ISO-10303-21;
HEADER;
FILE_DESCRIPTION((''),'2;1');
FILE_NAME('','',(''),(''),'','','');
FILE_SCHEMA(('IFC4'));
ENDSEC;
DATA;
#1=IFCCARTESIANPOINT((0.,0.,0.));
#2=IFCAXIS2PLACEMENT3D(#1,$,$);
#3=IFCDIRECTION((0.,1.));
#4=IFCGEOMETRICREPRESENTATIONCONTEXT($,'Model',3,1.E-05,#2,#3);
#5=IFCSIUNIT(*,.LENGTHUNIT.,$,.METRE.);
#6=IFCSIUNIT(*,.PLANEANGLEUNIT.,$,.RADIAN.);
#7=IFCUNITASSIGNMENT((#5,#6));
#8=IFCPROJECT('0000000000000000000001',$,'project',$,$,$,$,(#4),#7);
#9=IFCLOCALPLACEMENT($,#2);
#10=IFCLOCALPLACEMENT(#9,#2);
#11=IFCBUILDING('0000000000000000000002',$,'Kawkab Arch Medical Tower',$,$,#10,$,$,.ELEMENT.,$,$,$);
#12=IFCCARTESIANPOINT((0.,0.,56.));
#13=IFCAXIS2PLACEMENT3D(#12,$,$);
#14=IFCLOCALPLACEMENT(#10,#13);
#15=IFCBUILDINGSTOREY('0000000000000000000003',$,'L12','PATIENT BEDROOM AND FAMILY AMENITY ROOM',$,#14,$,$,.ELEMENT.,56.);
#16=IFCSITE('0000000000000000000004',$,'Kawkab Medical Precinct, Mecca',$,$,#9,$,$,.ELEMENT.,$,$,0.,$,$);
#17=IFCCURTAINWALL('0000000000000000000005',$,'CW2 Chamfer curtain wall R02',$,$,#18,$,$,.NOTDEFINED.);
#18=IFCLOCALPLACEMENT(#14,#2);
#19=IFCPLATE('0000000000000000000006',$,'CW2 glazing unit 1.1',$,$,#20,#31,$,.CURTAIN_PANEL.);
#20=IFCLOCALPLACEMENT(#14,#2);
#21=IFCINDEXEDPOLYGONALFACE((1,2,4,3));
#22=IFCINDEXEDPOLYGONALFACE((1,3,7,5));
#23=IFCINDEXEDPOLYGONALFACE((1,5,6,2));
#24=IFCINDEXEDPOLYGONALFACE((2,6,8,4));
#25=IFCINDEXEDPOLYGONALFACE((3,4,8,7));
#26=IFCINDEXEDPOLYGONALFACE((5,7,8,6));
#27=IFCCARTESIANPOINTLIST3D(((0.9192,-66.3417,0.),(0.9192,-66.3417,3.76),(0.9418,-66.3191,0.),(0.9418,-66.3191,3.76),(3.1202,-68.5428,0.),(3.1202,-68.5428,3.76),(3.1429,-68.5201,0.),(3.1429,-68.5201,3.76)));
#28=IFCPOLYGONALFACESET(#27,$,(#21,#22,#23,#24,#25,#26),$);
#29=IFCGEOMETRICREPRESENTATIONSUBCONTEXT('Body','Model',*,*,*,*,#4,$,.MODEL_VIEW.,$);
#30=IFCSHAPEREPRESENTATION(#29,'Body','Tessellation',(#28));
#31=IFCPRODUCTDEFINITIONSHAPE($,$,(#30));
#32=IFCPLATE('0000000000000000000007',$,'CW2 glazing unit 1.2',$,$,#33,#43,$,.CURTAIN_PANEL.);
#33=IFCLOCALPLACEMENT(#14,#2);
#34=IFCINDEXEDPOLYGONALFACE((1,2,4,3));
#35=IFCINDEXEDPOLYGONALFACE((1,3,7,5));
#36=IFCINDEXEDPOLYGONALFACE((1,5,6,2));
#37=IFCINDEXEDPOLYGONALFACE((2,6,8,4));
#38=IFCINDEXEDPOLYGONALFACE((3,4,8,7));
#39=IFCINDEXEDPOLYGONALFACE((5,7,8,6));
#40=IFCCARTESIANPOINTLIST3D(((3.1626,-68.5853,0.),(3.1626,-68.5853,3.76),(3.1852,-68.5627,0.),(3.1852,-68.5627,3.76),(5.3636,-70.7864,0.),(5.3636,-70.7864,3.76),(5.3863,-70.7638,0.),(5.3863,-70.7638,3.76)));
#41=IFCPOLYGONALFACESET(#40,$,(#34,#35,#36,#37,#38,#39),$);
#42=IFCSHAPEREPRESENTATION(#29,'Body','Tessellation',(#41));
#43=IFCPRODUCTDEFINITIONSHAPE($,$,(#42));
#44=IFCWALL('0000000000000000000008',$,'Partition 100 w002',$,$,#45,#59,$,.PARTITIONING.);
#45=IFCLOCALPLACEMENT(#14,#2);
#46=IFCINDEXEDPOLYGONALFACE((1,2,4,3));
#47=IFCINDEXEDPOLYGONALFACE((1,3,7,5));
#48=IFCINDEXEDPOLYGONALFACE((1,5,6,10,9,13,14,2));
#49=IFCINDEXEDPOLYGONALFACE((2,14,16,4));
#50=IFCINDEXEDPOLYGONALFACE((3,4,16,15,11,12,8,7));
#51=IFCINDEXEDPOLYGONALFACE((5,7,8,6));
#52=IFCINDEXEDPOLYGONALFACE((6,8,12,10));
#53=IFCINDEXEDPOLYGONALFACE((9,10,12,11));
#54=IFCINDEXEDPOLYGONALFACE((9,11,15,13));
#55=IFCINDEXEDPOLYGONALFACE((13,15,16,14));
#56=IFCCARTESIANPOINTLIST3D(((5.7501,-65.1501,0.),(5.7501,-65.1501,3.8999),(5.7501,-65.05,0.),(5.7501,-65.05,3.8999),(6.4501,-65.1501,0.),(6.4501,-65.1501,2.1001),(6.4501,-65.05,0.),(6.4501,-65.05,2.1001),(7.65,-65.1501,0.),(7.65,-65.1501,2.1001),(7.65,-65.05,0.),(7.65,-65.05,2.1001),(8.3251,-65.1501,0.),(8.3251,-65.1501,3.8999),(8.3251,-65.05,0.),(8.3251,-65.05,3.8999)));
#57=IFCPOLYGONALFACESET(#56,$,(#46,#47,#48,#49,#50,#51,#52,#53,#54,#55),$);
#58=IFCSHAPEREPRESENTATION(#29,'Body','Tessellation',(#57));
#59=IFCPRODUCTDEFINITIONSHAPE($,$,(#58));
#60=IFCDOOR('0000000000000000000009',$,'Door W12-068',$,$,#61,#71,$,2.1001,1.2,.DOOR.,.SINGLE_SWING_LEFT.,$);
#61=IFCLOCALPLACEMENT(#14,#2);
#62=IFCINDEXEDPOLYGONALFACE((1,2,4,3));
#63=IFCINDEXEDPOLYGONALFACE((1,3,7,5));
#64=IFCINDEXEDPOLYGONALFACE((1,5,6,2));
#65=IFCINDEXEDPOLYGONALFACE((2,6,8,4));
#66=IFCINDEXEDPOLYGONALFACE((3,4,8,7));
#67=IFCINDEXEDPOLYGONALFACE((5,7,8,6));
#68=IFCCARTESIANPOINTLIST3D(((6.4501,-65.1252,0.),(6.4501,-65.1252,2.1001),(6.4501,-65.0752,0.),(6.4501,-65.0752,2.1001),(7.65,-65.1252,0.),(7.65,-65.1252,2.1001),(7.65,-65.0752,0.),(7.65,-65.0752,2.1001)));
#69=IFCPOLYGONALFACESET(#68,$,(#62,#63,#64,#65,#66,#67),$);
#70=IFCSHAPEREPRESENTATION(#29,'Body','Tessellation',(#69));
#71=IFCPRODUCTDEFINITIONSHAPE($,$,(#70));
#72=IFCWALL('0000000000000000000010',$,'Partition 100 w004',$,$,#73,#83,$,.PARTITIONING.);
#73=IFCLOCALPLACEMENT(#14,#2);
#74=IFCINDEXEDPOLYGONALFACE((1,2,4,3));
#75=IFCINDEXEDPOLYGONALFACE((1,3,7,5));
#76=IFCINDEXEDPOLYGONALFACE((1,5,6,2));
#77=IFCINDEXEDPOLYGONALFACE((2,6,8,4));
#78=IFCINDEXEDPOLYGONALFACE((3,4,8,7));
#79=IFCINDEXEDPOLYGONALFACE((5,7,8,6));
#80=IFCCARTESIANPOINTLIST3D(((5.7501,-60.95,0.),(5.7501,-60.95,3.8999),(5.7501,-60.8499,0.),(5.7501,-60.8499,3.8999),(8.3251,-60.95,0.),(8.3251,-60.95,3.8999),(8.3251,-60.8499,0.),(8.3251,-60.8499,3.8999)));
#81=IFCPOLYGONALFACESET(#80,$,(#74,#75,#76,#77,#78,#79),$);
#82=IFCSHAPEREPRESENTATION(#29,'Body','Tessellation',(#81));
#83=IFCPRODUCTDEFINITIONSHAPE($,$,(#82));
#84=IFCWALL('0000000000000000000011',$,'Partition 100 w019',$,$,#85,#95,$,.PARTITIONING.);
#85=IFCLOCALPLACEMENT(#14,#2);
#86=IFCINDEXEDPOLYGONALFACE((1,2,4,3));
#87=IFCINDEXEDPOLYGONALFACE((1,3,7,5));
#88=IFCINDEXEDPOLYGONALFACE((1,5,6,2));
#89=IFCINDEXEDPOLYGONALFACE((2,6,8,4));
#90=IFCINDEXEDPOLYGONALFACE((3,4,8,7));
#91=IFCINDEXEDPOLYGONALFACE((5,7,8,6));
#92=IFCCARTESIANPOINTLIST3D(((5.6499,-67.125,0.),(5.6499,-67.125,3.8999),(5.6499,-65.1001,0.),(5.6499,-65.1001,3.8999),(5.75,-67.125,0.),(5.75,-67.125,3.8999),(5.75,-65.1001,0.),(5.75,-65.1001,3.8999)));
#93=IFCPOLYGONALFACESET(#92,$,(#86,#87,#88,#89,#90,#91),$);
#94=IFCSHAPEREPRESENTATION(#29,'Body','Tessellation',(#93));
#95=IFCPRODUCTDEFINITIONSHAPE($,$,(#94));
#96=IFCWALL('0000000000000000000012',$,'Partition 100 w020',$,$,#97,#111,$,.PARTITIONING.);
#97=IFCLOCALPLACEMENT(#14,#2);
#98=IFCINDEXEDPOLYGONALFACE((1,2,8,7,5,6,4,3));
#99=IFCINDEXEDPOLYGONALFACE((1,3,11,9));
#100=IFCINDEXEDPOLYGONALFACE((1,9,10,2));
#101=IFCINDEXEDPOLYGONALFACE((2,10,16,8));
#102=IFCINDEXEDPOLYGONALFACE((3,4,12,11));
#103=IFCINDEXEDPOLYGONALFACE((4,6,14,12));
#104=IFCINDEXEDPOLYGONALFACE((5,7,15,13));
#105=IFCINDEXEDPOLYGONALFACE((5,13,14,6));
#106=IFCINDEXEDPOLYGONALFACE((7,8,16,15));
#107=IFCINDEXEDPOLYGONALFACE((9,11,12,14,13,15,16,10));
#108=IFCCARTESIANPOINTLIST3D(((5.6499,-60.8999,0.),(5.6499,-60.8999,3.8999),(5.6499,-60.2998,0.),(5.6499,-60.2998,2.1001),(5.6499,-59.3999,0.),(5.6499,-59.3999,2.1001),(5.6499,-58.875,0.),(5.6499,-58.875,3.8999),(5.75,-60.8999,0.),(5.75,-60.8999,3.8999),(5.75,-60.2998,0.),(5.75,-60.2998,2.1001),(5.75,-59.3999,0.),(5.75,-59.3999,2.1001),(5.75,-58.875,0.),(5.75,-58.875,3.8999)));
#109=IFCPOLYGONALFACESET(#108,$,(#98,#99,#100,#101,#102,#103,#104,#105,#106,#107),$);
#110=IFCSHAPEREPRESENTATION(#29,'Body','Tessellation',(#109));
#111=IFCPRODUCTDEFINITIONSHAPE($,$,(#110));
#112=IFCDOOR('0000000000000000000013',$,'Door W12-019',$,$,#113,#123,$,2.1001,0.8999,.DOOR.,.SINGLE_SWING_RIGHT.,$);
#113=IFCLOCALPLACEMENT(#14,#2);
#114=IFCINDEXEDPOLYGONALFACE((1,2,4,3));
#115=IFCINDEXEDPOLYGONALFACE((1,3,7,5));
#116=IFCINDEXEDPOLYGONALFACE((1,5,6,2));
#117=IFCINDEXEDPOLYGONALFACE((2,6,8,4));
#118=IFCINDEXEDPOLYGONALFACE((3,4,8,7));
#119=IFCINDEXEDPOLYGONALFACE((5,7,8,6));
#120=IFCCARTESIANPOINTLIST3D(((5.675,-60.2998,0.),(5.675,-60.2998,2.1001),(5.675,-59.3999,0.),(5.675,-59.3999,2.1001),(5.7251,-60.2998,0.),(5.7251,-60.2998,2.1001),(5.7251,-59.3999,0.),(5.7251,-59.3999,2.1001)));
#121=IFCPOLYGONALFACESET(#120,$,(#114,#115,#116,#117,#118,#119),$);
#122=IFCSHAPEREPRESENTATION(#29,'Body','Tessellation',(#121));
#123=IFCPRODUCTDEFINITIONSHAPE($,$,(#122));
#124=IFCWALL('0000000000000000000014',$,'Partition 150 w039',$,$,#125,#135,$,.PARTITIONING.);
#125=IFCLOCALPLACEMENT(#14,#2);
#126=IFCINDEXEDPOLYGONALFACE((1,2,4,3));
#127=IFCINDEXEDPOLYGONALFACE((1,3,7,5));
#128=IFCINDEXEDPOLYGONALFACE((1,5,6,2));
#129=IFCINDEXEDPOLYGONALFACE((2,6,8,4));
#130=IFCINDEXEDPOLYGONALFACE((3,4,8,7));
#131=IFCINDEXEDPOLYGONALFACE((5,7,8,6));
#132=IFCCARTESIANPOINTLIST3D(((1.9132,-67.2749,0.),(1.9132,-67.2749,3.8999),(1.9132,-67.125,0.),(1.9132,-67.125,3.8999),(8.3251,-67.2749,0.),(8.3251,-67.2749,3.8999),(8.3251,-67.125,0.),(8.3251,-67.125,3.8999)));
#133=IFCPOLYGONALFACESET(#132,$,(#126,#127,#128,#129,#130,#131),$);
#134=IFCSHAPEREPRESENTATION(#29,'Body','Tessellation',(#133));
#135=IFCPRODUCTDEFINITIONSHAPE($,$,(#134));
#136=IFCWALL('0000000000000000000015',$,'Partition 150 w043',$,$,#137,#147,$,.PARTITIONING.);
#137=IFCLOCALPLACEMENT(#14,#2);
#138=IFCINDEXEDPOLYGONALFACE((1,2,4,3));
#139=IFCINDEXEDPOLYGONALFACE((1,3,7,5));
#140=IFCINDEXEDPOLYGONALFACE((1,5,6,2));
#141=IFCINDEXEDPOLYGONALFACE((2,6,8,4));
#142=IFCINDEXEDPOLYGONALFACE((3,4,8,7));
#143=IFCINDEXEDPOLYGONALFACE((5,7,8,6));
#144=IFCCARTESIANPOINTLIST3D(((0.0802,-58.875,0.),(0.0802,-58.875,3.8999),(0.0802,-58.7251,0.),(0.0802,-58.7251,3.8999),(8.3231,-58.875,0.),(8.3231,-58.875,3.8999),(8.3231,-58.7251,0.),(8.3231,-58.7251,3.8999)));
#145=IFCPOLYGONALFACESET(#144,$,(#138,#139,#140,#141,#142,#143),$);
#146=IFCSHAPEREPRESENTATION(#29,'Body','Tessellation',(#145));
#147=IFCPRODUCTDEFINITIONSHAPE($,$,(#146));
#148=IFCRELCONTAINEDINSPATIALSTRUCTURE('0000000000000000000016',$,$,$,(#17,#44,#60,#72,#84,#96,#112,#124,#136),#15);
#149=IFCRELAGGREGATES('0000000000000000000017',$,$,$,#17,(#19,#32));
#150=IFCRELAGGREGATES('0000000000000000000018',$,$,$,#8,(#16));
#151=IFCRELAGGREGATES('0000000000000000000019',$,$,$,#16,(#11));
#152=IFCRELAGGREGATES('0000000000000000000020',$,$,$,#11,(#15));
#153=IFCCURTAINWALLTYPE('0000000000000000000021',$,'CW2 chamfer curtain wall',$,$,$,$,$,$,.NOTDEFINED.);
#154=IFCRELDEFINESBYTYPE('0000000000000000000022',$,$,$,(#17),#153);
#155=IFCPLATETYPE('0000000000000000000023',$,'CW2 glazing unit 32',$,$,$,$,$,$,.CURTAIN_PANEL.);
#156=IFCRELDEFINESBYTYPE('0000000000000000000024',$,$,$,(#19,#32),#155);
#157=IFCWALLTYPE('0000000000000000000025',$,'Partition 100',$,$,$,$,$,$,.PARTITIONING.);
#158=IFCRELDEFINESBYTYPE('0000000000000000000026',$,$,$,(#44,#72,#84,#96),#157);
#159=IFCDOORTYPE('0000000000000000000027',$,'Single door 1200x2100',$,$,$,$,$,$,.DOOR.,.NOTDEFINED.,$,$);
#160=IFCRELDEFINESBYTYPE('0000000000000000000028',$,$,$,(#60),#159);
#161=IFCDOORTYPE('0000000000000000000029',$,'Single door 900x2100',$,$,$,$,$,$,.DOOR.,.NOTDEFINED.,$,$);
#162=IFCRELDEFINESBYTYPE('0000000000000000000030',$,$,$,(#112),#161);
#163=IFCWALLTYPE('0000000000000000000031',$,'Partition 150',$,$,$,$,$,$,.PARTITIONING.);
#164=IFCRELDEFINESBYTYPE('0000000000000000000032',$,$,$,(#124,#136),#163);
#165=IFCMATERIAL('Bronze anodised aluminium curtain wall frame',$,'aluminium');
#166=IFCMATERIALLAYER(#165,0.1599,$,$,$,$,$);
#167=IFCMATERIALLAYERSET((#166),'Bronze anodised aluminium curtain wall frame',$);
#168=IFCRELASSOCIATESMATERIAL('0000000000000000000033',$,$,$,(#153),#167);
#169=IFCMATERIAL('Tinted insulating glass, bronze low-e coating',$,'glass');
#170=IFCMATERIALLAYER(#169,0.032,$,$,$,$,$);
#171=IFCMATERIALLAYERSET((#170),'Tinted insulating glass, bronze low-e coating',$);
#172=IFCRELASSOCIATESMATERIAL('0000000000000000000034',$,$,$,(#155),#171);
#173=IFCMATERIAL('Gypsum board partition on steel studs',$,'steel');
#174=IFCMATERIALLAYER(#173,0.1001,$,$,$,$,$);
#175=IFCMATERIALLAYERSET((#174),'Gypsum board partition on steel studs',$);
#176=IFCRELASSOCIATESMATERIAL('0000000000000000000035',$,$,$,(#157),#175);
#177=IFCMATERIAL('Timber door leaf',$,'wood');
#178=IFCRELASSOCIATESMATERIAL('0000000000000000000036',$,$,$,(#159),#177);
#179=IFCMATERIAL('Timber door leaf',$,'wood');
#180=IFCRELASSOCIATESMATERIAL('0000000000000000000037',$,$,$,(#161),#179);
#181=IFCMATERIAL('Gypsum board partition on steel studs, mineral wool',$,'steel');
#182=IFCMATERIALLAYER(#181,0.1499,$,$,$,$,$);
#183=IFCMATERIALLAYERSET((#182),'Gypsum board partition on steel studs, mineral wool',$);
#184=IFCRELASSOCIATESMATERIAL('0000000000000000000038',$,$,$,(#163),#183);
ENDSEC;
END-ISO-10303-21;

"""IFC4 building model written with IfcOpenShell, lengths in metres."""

from ifc_helpers import new_model, si_unit, direction, frame, frame_2d, origin, origin_2d, place, context, subcontext, project, spatial, rectangle, extrude, material, layer, layer_set, type_object, element, fill, aggregate, save


model = new_model("IFC4")

# Units and contexts
model_context = context("Model", 3, precision=1e-05, world=origin(), true_north=direction((0.0, 1.0)))
body_context = subcontext(model_context, "Body", "Model", "MODEL_VIEW")
ifc_project = project(units=[si_unit("LENGTHUNIT", "METRE"), si_unit("PLANEANGLEUNIT", "RADIAN")], contexts=[model_context])

# Site, building, storey
site_placement = place(None, origin())
site = spatial("IfcSite", under=ifc_project, at=site_placement, Name="Kawkab Medical Precinct, Mecca", CompositionType="ELEMENT", RefElevation=0.0)
building_placement = place(site_placement, origin())
building = spatial("IfcBuilding", under=site, at=building_placement, Name="Kawkab Arch Medical Tower", CompositionType="ELEMENT")
storey_placement = place(building_placement, frame((0.0, 0.0, 56.0)))
storey = spatial("IfcBuildingStorey", under=building, at=storey_placement, Name="L12", Description="PATIENT BEDROOM AND FAMILY AMENITY ROOM", CompositionType="ELEMENT", Elevation=56.0)

# Shared definitions
placement = place(storey_placement, origin())

# Curtain wall
ifc_material_1 = material(Name="Bronze anodised aluminium curtain wall frame", Category="aluminium")
ifc_layer_1 = layer(ifc_material_1, 0.1599)
ifc_layer_set_1 = layer_set([ifc_layer_1], Name="Bronze anodised aluminium curtain wall frame")
curtain_wall_type_1 = type_object("IfcCurtainWallType", Name="CW2 chamfer curtain wall", PredefinedType="NOTDEFINED", material=ifc_layer_set_1)
curtain_wall_1 = element("IfcCurtainWall", 1, at=placement, inside=storey, type_object=curtain_wall_type_1, Name="CW2 Chamfer curtain wall R02", PredefinedType="NOTDEFINED")

# Plates
ifc_material_2 = material(Name="Tinted insulating glass, bronze low-e coating", Category="glass")
ifc_layer_2 = layer(ifc_material_2, 0.032)
ifc_layer_set_2 = layer_set([ifc_layer_2], Name="Tinted insulating glass, bronze low-e coating")
plate_type_1 = type_object("IfcPlateType", Name="CW2 glazing unit 32", PredefinedType="CURTAIN_PANEL", material=ifc_layer_set_2)
plate_1_placement = place(storey_placement, frame((2.031, -67.4309, 0.0), z_axis=(0.0, 0.0, 1.0), x_axis=(0.707107, -0.707107, 0.0)))
plate_1 = element("IfcPlate", 2, at=plate_1_placement, type_object=plate_type_1, Name="CW2 glazing unit 1.1", PredefinedType="CURTAIN_PANEL", context=body_context, shape_type="SweptSolid", body=[
    extrude(rectangle(XDim=3.1128, YDim=0.032, at=origin_2d()), origin(), (0.0, 0.0, 1.0), 3.76),
])
plate_2_placement = place(storey_placement, frame((4.2744, -69.6746, 0.0), z_axis=(0.0, 0.0, 1.0), x_axis=(0.707107, -0.707107, 0.0)))
plate_2 = element("IfcPlate", 3, at=plate_2_placement, type_object=plate_type_1, Name="CW2 glazing unit 1.2", PredefinedType="CURTAIN_PANEL", context=body_context, shape_type="SweptSolid", body=[
    extrude(rectangle(XDim=3.1128, YDim=0.032, at=origin_2d()), origin(), (0.0, 0.0, 1.0), 3.76),
])
aggregate(curtain_wall_1, [plate_1, plate_2])

# Wall, opening, door
ifc_material_3 = material(Name="Gypsum board partition on steel studs", Category="steel")
ifc_layer_3 = layer(ifc_material_3, 0.1001)
ifc_layer_set_3 = layer_set([ifc_layer_3], Name="Gypsum board partition on steel studs")
wall_type_1 = type_object("IfcWallType", Name="Partition 100", PredefinedType="PARTITIONING", material=ifc_layer_set_3)
wall_1_placement = place(storey_placement, frame((5.75, -65.1001, 0.0), z_axis=(0.0, 0.0, 1.0), x_axis=(1.0, 0.0, 0.0)))
wall_1 = element("IfcWall", 4, at=wall_1_placement, inside=storey, type_object=wall_type_1, Name="Partition 100 w002", PredefinedType="PARTITIONING", context=body_context, shape_type="SweptSolid", body=[
    extrude(rectangle(XDim=2.575, YDim=0.1001, at=frame_2d((1.2876, 0.0))), origin(), (0.0, 0.0, 1.0), 3.8999),
])
opening_1_placement = place(wall_1_placement, frame((0.7, 0.0, 0.0)))
opening_1 = element("IfcOpeningElement", 5, at=opening_1_placement, cuts=wall_1, PredefinedType="OPENING", context=body_context, shape_type="SweptSolid", body=[
    extrude(rectangle(XDim=1.2, YDim=2.1001, at=frame_2d((0.6001, 1.05))), frame((0.0, 0.0601, 0.0), z_axis=(0.0, -1.0, 0.0), x_axis=(1.0, 0.0, 0.0)), (0.0, 0.0, 1.0), 0.1201),
])
ifc_material_4 = material(Name="Timber door leaf", Category="wood")
door_type_1 = type_object("IfcDoorType", Name="Single door 1200x2100", OperationType="NOTDEFINED", PredefinedType="DOOR", material=ifc_material_4)
door_1_placement = place(opening_1_placement, origin())
door_1 = element("IfcDoor", 6, at=door_1_placement, inside=storey, type_object=door_type_1, Name="Door W12-068", OperationType="SINGLE_SWING_LEFT", OverallHeight=2.1001, OverallWidth=1.2, PredefinedType="DOOR", context=body_context, shape_type="SweptSolid", body=[
    extrude(rectangle(XDim=1.2, YDim=2.1001, at=frame_2d((0.6001, 1.05))), frame((0.0, 0.0249, 0.0), z_axis=(0.0, -1.0, 0.0), x_axis=(1.0, 0.0, 0.0)), (0.0, 0.0, 1.0), 0.05),
])
fill(opening_1, door_1)

# Walls
wall_2_placement = place(storey_placement, frame((5.75, -60.8999, 0.0), z_axis=(0.0, 0.0, 1.0), x_axis=(1.0, 0.0, 0.0)))
element("IfcWall", 7, at=wall_2_placement, inside=storey, type_object=wall_type_1, Name="Partition 100 w004", PredefinedType="PARTITIONING", context=body_context, shape_type="SweptSolid", body=[
    extrude(rectangle(XDim=2.575, YDim=0.1001, at=frame_2d((1.2876, 0.0))), origin(), (0.0, 0.0, 1.0), 3.8999),
])
wall_3_placement = place(storey_placement, frame((5.7, -67.125, 0.0), z_axis=(0.0, 0.0, 1.0), x_axis=(0.0, 1.0, 0.0)))
element("IfcWall", 8, at=wall_3_placement, inside=storey, type_object=wall_type_1, Name="Partition 100 w019", PredefinedType="PARTITIONING", context=body_context, shape_type="SweptSolid", body=[
    extrude(rectangle(XDim=2.0249, YDim=0.1001, at=frame_2d((1.0125, 0.0))), origin(), (0.0, 0.0, 1.0), 3.8999),
])

# Wall, opening, door
wall_4_placement = place(storey_placement, frame((5.7, -60.8999, 0.0), z_axis=(0.0, 0.0, 1.0), x_axis=(0.0, 1.0, 0.0)))
wall_4 = element("IfcWall", 9, at=wall_4_placement, inside=storey, type_object=wall_type_1, Name="Partition 100 w020", PredefinedType="PARTITIONING", context=body_context, shape_type="SweptSolid", body=[
    extrude(rectangle(XDim=2.0249, YDim=0.1001, at=frame_2d((1.0125, 0.0))), origin(), (0.0, 0.0, 1.0), 3.8999),
])
opening_2_placement = place(wall_4_placement, frame((0.6001, 0.0, 0.0)))
opening_2 = element("IfcOpeningElement", 10, at=opening_2_placement, cuts=wall_4, PredefinedType="OPENING", context=body_context, shape_type="SweptSolid", body=[
    extrude(rectangle(XDim=0.8999, YDim=2.1001, at=frame_2d((0.45, 1.05))), frame((0.0, 0.0601, 0.0), z_axis=(0.0, -1.0, 0.0), x_axis=(1.0, 0.0, 0.0)), (0.0, 0.0, 1.0), 0.1201),
])
ifc_material_5 = material(Name="Timber door leaf", Category="wood")
door_type_2 = type_object("IfcDoorType", Name="Single door 900x2100", OperationType="NOTDEFINED", PredefinedType="DOOR", material=ifc_material_5)
door_2_placement = place(opening_2_placement, origin())
door_2 = element("IfcDoor", 11, at=door_2_placement, inside=storey, type_object=door_type_2, Name="Door W12-019", OperationType="SINGLE_SWING_RIGHT", OverallHeight=2.1001, OverallWidth=0.8999, PredefinedType="DOOR", context=body_context, shape_type="SweptSolid", body=[
    extrude(rectangle(XDim=0.8999, YDim=2.1001, at=frame_2d((0.45, 1.05))), frame((0.0, 0.0249, 0.0), z_axis=(0.0, -1.0, 0.0), x_axis=(1.0, 0.0, 0.0)), (0.0, 0.0, 1.0), 0.05),
])
fill(opening_2, door_2)

# Walls
ifc_material_6 = material(Name="Gypsum board partition on steel studs, mineral wool", Category="steel")
ifc_layer_4 = layer(ifc_material_6, 0.1499)
ifc_layer_set_4 = layer_set([ifc_layer_4], Name="Gypsum board partition on steel studs, mineral wool")
wall_type_2 = type_object("IfcWallType", Name="Partition 150", PredefinedType="PARTITIONING", material=ifc_layer_set_4)
wall_5_placement = place(storey_placement, frame((1.9131, -67.2, 0.0), z_axis=(0.0, 0.0, 1.0), x_axis=(1.0, 0.0, 0.0)))
element("IfcWall", 12, at=wall_5_placement, inside=storey, type_object=wall_type_2, Name="Partition 150 w039", PredefinedType="PARTITIONING", context=body_context, shape_type="SweptSolid", body=[
    extrude(rectangle(XDim=6.4119, YDim=0.1499, at=frame_2d((3.2061, 0.0))), origin(), (0.0, 0.0, 1.0), 3.8999),
])
wall_6_placement = place(storey_placement, frame((0.0801, -58.8, 0.0), z_axis=(0.0, 0.0, 1.0), x_axis=(1.0, 0.0, 0.0)))
element("IfcWall", 13, at=wall_6_placement, inside=storey, type_object=wall_type_2, Name="Partition 150 w043", PredefinedType="PARTITIONING", context=body_context, shape_type="SweptSolid", body=[
    extrude(rectangle(XDim=8.2429, YDim=0.1499, at=frame_2d((4.1216, 0.0))), origin(), (0.0, 0.0, 1.0), 3.8999),
])

save(model, "model.ifc")
